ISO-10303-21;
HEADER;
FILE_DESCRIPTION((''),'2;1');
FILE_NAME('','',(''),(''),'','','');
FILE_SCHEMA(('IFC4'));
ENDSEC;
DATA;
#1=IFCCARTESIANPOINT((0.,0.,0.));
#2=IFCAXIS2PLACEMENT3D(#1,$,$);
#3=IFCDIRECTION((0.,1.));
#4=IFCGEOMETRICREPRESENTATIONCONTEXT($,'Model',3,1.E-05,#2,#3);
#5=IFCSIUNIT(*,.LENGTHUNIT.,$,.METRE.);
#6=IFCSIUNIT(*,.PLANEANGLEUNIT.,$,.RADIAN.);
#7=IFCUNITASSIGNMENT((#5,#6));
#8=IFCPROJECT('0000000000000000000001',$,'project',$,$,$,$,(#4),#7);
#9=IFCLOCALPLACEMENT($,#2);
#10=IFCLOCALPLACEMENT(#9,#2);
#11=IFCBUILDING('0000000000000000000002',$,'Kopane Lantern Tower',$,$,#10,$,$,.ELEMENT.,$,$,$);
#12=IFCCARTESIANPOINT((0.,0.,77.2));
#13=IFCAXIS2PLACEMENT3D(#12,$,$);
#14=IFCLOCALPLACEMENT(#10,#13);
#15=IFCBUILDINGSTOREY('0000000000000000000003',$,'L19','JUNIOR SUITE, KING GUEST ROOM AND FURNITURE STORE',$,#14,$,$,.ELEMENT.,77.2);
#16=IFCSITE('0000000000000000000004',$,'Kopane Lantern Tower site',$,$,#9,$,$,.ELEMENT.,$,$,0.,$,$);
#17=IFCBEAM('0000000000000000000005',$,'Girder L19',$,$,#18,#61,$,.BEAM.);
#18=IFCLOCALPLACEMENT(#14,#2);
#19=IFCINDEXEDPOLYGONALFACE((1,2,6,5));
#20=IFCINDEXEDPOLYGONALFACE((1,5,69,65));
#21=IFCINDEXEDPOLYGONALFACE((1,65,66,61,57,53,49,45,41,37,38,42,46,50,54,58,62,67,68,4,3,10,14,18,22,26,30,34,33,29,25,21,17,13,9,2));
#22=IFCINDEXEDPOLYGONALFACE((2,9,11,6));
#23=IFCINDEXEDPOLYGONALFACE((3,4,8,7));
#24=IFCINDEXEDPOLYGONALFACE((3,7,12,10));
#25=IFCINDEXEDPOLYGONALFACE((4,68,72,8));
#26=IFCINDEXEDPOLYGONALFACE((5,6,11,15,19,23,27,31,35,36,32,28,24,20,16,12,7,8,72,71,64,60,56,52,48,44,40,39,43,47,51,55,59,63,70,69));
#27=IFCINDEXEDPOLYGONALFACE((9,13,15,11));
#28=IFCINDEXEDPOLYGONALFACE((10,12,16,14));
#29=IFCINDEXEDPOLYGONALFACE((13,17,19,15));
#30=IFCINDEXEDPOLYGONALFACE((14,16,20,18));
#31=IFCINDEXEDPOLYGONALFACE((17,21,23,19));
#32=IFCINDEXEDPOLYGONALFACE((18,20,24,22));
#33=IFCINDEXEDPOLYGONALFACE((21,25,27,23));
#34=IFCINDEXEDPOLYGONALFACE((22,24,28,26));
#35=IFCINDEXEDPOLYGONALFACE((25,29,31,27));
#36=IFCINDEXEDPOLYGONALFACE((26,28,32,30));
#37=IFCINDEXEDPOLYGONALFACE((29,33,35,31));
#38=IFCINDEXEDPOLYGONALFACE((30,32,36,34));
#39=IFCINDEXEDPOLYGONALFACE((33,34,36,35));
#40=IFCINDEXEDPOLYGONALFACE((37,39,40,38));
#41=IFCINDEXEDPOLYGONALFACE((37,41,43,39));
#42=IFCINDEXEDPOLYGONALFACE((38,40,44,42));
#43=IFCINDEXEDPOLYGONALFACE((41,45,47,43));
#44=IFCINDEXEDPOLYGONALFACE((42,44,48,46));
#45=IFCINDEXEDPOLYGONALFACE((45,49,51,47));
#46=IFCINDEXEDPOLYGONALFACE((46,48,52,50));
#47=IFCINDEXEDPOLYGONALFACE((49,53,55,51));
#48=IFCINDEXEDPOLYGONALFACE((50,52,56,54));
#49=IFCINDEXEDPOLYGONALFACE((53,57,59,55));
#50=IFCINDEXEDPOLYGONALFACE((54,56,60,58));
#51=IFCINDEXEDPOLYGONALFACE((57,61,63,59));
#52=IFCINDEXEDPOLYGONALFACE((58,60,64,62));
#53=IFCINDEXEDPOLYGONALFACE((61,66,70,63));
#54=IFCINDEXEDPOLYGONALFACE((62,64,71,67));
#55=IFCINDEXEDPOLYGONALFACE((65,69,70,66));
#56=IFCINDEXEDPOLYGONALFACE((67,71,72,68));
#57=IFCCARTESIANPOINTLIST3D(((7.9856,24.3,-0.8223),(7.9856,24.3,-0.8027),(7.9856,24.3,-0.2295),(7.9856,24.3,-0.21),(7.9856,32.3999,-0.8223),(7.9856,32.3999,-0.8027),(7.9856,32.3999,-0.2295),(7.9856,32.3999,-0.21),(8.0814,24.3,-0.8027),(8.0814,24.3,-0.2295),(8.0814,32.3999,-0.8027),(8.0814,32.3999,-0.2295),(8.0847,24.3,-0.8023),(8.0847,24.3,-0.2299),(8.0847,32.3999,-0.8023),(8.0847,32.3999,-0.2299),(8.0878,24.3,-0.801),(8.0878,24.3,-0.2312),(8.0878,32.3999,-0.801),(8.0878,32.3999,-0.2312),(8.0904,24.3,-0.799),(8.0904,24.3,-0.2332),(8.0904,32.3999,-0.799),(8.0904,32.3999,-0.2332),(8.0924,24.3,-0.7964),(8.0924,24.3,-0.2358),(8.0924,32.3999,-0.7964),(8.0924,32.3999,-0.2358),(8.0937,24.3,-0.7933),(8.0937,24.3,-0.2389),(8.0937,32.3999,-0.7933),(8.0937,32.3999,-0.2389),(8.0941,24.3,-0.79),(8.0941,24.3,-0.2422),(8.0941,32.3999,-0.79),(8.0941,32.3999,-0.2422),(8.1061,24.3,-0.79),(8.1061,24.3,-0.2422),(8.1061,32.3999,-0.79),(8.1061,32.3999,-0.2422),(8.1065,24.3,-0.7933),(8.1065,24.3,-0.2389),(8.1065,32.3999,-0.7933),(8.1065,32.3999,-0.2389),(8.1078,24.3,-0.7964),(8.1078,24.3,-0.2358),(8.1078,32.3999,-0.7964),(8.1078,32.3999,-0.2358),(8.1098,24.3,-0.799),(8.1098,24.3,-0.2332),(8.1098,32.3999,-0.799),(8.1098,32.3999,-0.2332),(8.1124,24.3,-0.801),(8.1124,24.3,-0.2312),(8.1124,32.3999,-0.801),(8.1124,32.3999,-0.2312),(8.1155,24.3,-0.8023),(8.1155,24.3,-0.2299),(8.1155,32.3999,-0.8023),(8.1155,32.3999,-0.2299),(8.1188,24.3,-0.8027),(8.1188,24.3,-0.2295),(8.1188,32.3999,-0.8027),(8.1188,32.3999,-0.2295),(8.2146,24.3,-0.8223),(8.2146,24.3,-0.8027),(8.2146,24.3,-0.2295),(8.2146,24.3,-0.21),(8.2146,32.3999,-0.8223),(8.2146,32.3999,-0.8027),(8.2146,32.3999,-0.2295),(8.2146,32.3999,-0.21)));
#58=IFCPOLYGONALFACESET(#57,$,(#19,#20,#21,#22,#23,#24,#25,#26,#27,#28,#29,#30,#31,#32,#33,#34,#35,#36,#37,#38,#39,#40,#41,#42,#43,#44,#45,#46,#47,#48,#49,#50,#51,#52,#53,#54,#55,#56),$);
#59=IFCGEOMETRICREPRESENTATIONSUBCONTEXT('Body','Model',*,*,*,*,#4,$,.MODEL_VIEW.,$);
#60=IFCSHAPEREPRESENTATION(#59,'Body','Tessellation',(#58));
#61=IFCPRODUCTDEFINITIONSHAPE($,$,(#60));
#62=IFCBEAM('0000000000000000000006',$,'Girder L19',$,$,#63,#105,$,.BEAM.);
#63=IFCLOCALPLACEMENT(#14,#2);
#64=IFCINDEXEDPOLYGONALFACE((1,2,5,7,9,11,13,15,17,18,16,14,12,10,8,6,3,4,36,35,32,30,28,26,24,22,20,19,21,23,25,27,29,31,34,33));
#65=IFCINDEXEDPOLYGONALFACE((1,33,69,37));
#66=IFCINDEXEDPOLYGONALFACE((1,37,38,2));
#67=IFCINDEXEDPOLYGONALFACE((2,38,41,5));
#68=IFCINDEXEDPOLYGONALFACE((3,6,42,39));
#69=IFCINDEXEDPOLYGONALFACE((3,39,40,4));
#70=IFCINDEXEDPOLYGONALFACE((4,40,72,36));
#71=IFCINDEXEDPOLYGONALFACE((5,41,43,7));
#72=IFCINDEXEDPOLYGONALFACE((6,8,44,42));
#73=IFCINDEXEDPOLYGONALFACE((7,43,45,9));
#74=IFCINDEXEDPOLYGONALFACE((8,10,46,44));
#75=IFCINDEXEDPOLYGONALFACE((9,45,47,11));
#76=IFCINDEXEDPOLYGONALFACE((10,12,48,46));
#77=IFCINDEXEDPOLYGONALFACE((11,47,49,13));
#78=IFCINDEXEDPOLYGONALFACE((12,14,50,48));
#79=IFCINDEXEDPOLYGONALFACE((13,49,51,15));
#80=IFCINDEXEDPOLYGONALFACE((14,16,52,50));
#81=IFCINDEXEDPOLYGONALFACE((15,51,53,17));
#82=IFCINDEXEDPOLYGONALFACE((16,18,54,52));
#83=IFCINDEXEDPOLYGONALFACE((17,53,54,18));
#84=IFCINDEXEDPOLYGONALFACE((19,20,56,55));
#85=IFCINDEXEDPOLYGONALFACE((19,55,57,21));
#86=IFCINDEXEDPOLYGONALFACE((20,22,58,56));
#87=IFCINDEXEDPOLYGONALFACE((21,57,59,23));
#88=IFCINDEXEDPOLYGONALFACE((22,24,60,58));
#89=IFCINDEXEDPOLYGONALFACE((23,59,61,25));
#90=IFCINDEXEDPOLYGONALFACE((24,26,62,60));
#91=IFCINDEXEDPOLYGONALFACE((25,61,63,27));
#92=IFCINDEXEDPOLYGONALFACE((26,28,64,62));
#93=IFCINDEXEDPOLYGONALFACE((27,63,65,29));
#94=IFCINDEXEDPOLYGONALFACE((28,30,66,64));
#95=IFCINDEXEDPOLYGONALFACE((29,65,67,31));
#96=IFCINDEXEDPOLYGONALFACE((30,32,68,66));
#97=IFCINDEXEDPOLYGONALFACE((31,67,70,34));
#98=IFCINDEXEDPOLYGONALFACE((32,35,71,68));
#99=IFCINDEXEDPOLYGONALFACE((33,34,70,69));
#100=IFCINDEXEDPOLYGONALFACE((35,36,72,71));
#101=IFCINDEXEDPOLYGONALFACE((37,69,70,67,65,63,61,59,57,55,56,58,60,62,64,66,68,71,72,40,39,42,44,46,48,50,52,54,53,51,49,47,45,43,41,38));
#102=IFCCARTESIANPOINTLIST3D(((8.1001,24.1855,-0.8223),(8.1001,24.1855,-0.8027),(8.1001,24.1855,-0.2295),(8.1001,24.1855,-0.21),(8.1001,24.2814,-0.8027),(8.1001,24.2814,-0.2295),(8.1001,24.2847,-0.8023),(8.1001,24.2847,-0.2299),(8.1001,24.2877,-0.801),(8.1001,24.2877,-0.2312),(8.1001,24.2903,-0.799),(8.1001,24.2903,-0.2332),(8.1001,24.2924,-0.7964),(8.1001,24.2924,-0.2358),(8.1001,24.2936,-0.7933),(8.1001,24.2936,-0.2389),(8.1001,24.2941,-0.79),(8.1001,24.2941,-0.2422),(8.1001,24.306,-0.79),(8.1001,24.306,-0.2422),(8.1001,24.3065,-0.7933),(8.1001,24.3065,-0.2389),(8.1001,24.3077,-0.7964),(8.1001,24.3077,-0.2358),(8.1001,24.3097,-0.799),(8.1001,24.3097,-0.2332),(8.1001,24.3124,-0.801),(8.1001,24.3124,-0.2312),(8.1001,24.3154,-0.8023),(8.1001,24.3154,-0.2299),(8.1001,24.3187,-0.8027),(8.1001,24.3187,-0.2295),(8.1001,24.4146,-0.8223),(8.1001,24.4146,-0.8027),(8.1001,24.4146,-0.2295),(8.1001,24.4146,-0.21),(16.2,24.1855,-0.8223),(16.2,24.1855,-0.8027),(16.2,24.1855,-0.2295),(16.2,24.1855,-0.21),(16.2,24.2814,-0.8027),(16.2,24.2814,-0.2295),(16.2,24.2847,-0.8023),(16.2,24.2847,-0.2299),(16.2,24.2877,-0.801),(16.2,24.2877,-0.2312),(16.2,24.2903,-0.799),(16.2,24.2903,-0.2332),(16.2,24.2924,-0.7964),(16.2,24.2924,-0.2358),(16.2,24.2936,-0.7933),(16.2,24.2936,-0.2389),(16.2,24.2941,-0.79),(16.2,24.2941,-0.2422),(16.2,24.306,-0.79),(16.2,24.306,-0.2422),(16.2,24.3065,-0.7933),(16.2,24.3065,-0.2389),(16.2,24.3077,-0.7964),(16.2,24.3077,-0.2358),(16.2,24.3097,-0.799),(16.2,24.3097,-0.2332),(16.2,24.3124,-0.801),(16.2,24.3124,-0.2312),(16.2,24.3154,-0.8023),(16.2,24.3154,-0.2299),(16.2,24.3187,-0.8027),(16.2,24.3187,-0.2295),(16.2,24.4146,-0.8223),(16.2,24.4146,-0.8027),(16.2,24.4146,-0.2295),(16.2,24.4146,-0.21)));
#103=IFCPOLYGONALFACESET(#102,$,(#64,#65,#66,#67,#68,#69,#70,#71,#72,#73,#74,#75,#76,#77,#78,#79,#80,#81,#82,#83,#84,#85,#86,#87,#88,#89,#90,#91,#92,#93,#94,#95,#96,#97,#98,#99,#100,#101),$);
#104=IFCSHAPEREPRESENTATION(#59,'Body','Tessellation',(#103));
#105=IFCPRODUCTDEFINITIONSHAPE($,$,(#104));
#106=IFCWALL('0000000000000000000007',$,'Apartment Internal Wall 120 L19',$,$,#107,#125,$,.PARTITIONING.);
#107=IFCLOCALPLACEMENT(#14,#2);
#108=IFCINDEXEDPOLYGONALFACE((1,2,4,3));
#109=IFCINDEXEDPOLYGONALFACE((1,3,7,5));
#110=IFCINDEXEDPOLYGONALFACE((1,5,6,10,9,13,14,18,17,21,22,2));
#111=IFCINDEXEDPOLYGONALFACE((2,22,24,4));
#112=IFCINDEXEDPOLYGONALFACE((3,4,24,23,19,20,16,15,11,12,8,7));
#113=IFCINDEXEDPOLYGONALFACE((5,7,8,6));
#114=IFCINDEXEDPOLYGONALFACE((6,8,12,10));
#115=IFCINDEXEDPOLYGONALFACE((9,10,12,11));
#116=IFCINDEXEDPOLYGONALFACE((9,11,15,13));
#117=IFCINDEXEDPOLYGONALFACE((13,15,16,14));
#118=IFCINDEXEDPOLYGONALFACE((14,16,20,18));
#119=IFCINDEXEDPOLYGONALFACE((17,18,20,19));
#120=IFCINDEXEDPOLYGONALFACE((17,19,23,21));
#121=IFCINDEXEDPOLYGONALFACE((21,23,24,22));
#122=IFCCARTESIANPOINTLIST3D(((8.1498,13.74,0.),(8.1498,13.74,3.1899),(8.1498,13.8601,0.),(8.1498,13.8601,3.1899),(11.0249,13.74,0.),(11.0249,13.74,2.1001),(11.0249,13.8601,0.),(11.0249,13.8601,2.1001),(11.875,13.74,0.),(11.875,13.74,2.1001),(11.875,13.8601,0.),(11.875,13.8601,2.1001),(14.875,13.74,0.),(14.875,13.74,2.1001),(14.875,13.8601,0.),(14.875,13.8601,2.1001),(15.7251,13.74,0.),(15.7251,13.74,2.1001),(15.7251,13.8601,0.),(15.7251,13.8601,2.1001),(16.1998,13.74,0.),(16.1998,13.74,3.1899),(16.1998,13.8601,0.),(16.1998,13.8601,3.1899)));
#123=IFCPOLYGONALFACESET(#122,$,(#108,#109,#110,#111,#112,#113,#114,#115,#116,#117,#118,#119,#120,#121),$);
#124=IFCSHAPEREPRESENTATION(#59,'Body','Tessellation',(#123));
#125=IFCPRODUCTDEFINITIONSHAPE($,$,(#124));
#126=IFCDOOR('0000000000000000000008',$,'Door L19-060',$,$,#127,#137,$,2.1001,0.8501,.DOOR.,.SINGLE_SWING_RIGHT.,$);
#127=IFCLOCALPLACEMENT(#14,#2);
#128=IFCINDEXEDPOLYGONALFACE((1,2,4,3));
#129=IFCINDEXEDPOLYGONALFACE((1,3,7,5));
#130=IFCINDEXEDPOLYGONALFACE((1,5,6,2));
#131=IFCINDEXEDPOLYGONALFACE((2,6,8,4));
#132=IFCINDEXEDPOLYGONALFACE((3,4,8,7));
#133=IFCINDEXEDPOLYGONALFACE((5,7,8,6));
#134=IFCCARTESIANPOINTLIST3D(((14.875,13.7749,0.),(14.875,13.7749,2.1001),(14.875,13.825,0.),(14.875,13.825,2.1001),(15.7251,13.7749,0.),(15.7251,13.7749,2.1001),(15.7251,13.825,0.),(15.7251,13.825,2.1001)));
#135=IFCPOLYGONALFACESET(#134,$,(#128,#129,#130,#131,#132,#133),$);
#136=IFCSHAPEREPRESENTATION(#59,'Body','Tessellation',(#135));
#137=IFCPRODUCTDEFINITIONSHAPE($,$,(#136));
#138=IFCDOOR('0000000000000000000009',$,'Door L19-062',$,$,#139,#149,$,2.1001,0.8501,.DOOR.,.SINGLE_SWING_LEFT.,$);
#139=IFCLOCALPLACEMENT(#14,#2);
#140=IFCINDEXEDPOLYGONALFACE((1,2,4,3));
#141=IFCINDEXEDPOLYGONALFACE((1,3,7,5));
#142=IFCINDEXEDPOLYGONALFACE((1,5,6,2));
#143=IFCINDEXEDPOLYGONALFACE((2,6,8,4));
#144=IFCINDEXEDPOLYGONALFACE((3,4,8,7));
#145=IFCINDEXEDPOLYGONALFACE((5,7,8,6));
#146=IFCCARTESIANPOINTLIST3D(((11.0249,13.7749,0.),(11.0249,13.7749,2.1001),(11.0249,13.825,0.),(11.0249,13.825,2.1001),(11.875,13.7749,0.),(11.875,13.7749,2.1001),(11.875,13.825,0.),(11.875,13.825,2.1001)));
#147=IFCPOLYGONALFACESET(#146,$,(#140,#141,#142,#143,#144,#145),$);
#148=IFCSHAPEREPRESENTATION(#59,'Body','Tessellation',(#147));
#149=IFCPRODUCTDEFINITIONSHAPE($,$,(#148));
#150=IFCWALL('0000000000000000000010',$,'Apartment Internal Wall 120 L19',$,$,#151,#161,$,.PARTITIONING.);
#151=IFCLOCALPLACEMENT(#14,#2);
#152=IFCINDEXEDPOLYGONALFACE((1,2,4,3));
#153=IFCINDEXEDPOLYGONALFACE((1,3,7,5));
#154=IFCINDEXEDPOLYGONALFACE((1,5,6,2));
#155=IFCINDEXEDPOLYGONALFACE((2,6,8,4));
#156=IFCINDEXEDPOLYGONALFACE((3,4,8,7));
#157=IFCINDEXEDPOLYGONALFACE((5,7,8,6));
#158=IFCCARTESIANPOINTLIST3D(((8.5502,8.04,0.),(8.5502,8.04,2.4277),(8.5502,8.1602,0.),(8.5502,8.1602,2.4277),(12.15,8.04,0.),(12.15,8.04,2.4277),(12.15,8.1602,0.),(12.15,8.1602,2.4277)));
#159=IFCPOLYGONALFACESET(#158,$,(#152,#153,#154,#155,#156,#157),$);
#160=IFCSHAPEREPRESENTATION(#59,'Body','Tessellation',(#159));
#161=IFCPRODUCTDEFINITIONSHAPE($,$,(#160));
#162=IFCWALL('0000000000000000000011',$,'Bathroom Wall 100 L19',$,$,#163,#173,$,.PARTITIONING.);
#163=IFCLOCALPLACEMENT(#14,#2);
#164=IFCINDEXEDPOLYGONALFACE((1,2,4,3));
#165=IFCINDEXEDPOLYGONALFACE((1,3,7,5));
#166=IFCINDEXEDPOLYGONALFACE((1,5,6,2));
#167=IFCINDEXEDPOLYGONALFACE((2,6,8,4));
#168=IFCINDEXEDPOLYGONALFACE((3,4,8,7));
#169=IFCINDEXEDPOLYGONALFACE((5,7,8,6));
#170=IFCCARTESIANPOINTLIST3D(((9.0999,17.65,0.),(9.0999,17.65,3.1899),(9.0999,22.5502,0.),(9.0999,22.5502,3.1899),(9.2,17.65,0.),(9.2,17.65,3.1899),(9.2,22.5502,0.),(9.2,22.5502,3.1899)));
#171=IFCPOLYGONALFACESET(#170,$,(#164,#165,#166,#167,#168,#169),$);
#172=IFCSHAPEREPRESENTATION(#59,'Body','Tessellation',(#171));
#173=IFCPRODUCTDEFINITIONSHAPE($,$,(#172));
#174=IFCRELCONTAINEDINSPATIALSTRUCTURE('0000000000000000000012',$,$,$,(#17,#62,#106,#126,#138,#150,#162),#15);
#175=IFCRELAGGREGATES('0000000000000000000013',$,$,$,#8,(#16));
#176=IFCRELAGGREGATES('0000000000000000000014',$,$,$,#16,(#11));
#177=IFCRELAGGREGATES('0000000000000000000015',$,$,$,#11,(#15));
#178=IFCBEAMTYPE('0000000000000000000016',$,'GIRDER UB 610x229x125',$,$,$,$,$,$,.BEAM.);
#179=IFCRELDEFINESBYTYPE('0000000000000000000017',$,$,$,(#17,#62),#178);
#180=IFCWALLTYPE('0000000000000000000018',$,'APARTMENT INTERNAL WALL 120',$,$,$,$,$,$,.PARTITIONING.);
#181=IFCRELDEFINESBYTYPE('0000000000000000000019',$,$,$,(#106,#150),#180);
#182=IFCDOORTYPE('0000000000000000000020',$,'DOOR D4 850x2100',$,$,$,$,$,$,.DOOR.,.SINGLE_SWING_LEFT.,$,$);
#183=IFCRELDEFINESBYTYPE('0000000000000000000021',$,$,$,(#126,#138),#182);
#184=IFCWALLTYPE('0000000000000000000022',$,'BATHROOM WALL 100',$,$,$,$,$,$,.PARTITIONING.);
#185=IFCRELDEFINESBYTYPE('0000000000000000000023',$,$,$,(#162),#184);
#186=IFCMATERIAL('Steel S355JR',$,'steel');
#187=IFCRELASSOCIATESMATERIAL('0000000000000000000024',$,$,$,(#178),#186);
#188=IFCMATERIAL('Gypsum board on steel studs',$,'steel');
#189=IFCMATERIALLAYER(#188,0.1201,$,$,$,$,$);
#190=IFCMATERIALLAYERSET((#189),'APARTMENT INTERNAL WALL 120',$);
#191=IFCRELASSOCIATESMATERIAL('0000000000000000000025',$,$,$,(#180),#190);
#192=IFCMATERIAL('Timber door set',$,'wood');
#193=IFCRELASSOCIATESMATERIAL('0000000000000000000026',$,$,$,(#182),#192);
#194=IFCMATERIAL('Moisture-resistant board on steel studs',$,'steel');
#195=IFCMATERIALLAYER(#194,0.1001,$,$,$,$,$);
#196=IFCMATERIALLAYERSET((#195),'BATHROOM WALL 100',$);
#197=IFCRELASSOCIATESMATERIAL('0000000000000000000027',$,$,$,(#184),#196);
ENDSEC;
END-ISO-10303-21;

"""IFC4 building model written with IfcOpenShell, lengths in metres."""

from ifc_helpers import new_model, si_unit, direction, frame, frame_2d, origin, origin_2d, place, context, subcontext, project, spatial, rectangle, i_section, extrude, material, layer, layer_set, material_profile, profile_set, type_object, element, fill, save


model = new_model("IFC4")

# Units and contexts
model_context = context("Model", 3, precision=1e-05, world=origin(), true_north=direction((0.0, 1.0)))
body_context = subcontext(model_context, "Body", "Model", "MODEL_VIEW")
ifc_project = project(units=[si_unit("LENGTHUNIT", "METRE"), si_unit("PLANEANGLEUNIT", "RADIAN")], contexts=[model_context])

# Site, building, storey
site_placement = place(None, origin())
site = spatial("IfcSite", under=ifc_project, at=site_placement, Name="Kopane Lantern Tower site", CompositionType="ELEMENT", RefElevation=0.0)
building_placement = place(site_placement, origin())
building = spatial("IfcBuilding", under=site, at=building_placement, Name="Kopane Lantern Tower", CompositionType="ELEMENT")
storey_placement = place(building_placement, frame((0.0, 0.0, 77.2)))
storey = spatial("IfcBuildingStorey", under=building, at=storey_placement, Name="L19", Description="JUNIOR SUITE, KING GUEST ROOM AND FURNITURE STORE", CompositionType="ELEMENT", Elevation=77.2)

# Beams
ifc_material_1 = material(Name="Steel S355JR", Category="steel")
ifc_material_profile_1 = material_profile(ifc_material_1, i_section(OverallWidth=0.229, OverallDepth=0.6123, WebThickness=0.012, FlangeThickness=0.0195, FilletRadius=0.0127, at=origin_2d()), Name="UB 610x229x125")
ifc_profile_set_1 = profile_set([ifc_material_profile_1], Name="Steel S355JR")
beam_type = type_object("IfcBeamType", Name="GIRDER UB 610x229x125", PredefinedType="BEAM", material=ifc_profile_set_1)
for number, where, z_axis, x_axis, name in (
    (1, (8.1001, 24.3, -0.5161), (0.0, 1.0, 0.0), (-1.0, 0.0, 0.0), "Girder L19"),
    (2, (8.1001, 24.3, -0.5161), (1.0, 0.0, 0.0), (0.0, 1.0, 0.0), "Girder L19"),
):
    element("IfcBeam", number, at=place(storey_placement, frame(where, z_axis=z_axis, x_axis=x_axis)), inside=storey, type_object=beam_type, Name=name, PredefinedType="BEAM", context=body_context, shape_type="SweptSolid", body=[
        extrude(i_section(OverallWidth=0.229, OverallDepth=0.6123, WebThickness=0.012, FlangeThickness=0.0195, FilletRadius=0.0127, at=origin_2d()), origin(), (0.0, 0.0, 1.0), 8.0999),
    ])

# Wall, openings, doors
ifc_material_2 = material(Name="Gypsum board on steel studs", Category="steel")
ifc_layer_1 = layer(ifc_material_2, 0.1201)
ifc_layer_set_1 = layer_set([ifc_layer_1], Name="APARTMENT INTERNAL WALL 120")
wall_type_1 = type_object("IfcWallType", Name="APARTMENT INTERNAL WALL 120", PredefinedType="PARTITIONING", material=ifc_layer_set_1)
wall_1_placement = place(storey_placement, frame((8.1499, 13.8, 0.0), z_axis=(0.0, 0.0, 1.0), x_axis=(1.0, 0.0, 0.0)))
wall_1 = element("IfcWall", 3, at=wall_1_placement, inside=storey, type_object=wall_type_1, Name="Apartment Internal Wall 120 L19", PredefinedType="PARTITIONING", context=body_context, shape_type="SweptSolid", body=[
    extrude(rectangle(XDim=8.05, YDim=0.1201, at=frame_2d((4.0249, 0.0))), origin(), (0.0, 0.0, 1.0), 3.1899),
])
opening_1_placement = place(wall_1_placement, frame((6.7251, 0.0, 0.0)))
opening_1 = element("IfcOpeningElement", 4, at=opening_1_placement, cuts=wall_1, PredefinedType="OPENING", context=body_context, shape_type="SweptSolid", body=[
    extrude(rectangle(XDim=0.8501, YDim=2.1001, at=frame_2d((0.425, 1.05))), frame((0.0, 0.0701, 0.0), z_axis=(0.0, -1.0, 0.0), x_axis=(1.0, 0.0, 0.0)), (0.0, 0.0, 1.0), 0.1401),
])
opening_2_placement = place(wall_1_placement, frame((2.875, 0.0, 0.0)))
opening_2 = element("IfcOpeningElement", 5, at=opening_2_placement, cuts=wall_1, PredefinedType="OPENING", context=body_context, shape_type="SweptSolid", body=[
    extrude(rectangle(XDim=0.8501, YDim=2.1001, at=frame_2d((0.425, 1.05))), frame((0.0, 0.0701, 0.0), z_axis=(0.0, -1.0, 0.0), x_axis=(1.0, 0.0, 0.0)), (0.0, 0.0, 1.0), 0.1401),
])
ifc_material_3 = material(Name="Timber door set", Category="wood")
door_type_1 = type_object("IfcDoorType", Name="DOOR D4 850x2100", OperationType="SINGLE_SWING_LEFT", PredefinedType="DOOR", material=ifc_material_3)
door_1_placement = place(opening_1_placement, origin())
door_1 = element("IfcDoor", 6, at=door_1_placement, inside=storey, type_object=door_type_1, Name="Door L19-060", OperationType="SINGLE_SWING_RIGHT", OverallHeight=2.1001, OverallWidth=0.8501, PredefinedType="DOOR", context=body_context, shape_type="SweptSolid", body=[
    extrude(rectangle(XDim=0.8501, YDim=2.1001, at=frame_2d((0.425, 1.05))), frame((0.0, 0.0249, 0.0), z_axis=(0.0, -1.0, 0.0), x_axis=(1.0, 0.0, 0.0)), (0.0, 0.0, 1.0), 0.05),
])
fill(opening_1, door_1)
door_2_placement = place(opening_2_placement, origin())
door_2 = element("IfcDoor", 7, at=door_2_placement, inside=storey, type_object=door_type_1, Name="Door L19-062", OperationType="SINGLE_SWING_LEFT", OverallHeight=2.1001, OverallWidth=0.8501, PredefinedType="DOOR", context=body_context, shape_type="SweptSolid", body=[
    extrude(rectangle(XDim=0.8501, YDim=2.1001, at=frame_2d((0.425, 1.05))), frame((0.0, 0.0249, 0.0), z_axis=(0.0, -1.0, 0.0), x_axis=(1.0, 0.0, 0.0)), (0.0, 0.0, 1.0), 0.05),
])
fill(opening_2, door_2)

# Walls
wall_2_placement = place(storey_placement, frame((12.1499, 8.1001, 0.0), z_axis=(0.0, 0.0, 1.0), x_axis=(-1.0, 0.0, 0.0)))
element("IfcWall", 8, at=wall_2_placement, inside=storey, type_object=wall_type_1, Name="Apartment Internal Wall 120 L19", PredefinedType="PARTITIONING", context=body_context, shape_type="SweptSolid", body=[
    extrude(rectangle(XDim=3.5999, YDim=0.1201, at=frame_2d((1.7998, 0.0))), origin(), (0.0, 0.0, 1.0), 2.4277),
])
ifc_material_4 = material(Name="Moisture-resistant board on steel studs", Category="steel")
ifc_layer_2 = layer(ifc_material_4, 0.1001)
ifc_layer_set_2 = layer_set([ifc_layer_2], Name="BATHROOM WALL 100")
wall_type_2 = type_object("IfcWallType", Name="BATHROOM WALL 100", PredefinedType="PARTITIONING", material=ifc_layer_set_2)
wall_3_placement = place(storey_placement, frame((9.1499, 17.6499, 0.0), z_axis=(0.0, 0.0, 1.0), x_axis=(0.0, 1.0, 0.0)))
element("IfcWall", 9, at=wall_3_placement, inside=storey, type_object=wall_type_2, Name="Bathroom Wall 100 L19", PredefinedType="PARTITIONING", context=body_context, shape_type="SweptSolid", body=[
    extrude(rectangle(XDim=4.9001, YDim=0.1001, at=frame_2d((2.4502, 0.0))), origin(), (0.0, 0.0, 1.0), 3.1899),
])

save(model, "model.ifc")
